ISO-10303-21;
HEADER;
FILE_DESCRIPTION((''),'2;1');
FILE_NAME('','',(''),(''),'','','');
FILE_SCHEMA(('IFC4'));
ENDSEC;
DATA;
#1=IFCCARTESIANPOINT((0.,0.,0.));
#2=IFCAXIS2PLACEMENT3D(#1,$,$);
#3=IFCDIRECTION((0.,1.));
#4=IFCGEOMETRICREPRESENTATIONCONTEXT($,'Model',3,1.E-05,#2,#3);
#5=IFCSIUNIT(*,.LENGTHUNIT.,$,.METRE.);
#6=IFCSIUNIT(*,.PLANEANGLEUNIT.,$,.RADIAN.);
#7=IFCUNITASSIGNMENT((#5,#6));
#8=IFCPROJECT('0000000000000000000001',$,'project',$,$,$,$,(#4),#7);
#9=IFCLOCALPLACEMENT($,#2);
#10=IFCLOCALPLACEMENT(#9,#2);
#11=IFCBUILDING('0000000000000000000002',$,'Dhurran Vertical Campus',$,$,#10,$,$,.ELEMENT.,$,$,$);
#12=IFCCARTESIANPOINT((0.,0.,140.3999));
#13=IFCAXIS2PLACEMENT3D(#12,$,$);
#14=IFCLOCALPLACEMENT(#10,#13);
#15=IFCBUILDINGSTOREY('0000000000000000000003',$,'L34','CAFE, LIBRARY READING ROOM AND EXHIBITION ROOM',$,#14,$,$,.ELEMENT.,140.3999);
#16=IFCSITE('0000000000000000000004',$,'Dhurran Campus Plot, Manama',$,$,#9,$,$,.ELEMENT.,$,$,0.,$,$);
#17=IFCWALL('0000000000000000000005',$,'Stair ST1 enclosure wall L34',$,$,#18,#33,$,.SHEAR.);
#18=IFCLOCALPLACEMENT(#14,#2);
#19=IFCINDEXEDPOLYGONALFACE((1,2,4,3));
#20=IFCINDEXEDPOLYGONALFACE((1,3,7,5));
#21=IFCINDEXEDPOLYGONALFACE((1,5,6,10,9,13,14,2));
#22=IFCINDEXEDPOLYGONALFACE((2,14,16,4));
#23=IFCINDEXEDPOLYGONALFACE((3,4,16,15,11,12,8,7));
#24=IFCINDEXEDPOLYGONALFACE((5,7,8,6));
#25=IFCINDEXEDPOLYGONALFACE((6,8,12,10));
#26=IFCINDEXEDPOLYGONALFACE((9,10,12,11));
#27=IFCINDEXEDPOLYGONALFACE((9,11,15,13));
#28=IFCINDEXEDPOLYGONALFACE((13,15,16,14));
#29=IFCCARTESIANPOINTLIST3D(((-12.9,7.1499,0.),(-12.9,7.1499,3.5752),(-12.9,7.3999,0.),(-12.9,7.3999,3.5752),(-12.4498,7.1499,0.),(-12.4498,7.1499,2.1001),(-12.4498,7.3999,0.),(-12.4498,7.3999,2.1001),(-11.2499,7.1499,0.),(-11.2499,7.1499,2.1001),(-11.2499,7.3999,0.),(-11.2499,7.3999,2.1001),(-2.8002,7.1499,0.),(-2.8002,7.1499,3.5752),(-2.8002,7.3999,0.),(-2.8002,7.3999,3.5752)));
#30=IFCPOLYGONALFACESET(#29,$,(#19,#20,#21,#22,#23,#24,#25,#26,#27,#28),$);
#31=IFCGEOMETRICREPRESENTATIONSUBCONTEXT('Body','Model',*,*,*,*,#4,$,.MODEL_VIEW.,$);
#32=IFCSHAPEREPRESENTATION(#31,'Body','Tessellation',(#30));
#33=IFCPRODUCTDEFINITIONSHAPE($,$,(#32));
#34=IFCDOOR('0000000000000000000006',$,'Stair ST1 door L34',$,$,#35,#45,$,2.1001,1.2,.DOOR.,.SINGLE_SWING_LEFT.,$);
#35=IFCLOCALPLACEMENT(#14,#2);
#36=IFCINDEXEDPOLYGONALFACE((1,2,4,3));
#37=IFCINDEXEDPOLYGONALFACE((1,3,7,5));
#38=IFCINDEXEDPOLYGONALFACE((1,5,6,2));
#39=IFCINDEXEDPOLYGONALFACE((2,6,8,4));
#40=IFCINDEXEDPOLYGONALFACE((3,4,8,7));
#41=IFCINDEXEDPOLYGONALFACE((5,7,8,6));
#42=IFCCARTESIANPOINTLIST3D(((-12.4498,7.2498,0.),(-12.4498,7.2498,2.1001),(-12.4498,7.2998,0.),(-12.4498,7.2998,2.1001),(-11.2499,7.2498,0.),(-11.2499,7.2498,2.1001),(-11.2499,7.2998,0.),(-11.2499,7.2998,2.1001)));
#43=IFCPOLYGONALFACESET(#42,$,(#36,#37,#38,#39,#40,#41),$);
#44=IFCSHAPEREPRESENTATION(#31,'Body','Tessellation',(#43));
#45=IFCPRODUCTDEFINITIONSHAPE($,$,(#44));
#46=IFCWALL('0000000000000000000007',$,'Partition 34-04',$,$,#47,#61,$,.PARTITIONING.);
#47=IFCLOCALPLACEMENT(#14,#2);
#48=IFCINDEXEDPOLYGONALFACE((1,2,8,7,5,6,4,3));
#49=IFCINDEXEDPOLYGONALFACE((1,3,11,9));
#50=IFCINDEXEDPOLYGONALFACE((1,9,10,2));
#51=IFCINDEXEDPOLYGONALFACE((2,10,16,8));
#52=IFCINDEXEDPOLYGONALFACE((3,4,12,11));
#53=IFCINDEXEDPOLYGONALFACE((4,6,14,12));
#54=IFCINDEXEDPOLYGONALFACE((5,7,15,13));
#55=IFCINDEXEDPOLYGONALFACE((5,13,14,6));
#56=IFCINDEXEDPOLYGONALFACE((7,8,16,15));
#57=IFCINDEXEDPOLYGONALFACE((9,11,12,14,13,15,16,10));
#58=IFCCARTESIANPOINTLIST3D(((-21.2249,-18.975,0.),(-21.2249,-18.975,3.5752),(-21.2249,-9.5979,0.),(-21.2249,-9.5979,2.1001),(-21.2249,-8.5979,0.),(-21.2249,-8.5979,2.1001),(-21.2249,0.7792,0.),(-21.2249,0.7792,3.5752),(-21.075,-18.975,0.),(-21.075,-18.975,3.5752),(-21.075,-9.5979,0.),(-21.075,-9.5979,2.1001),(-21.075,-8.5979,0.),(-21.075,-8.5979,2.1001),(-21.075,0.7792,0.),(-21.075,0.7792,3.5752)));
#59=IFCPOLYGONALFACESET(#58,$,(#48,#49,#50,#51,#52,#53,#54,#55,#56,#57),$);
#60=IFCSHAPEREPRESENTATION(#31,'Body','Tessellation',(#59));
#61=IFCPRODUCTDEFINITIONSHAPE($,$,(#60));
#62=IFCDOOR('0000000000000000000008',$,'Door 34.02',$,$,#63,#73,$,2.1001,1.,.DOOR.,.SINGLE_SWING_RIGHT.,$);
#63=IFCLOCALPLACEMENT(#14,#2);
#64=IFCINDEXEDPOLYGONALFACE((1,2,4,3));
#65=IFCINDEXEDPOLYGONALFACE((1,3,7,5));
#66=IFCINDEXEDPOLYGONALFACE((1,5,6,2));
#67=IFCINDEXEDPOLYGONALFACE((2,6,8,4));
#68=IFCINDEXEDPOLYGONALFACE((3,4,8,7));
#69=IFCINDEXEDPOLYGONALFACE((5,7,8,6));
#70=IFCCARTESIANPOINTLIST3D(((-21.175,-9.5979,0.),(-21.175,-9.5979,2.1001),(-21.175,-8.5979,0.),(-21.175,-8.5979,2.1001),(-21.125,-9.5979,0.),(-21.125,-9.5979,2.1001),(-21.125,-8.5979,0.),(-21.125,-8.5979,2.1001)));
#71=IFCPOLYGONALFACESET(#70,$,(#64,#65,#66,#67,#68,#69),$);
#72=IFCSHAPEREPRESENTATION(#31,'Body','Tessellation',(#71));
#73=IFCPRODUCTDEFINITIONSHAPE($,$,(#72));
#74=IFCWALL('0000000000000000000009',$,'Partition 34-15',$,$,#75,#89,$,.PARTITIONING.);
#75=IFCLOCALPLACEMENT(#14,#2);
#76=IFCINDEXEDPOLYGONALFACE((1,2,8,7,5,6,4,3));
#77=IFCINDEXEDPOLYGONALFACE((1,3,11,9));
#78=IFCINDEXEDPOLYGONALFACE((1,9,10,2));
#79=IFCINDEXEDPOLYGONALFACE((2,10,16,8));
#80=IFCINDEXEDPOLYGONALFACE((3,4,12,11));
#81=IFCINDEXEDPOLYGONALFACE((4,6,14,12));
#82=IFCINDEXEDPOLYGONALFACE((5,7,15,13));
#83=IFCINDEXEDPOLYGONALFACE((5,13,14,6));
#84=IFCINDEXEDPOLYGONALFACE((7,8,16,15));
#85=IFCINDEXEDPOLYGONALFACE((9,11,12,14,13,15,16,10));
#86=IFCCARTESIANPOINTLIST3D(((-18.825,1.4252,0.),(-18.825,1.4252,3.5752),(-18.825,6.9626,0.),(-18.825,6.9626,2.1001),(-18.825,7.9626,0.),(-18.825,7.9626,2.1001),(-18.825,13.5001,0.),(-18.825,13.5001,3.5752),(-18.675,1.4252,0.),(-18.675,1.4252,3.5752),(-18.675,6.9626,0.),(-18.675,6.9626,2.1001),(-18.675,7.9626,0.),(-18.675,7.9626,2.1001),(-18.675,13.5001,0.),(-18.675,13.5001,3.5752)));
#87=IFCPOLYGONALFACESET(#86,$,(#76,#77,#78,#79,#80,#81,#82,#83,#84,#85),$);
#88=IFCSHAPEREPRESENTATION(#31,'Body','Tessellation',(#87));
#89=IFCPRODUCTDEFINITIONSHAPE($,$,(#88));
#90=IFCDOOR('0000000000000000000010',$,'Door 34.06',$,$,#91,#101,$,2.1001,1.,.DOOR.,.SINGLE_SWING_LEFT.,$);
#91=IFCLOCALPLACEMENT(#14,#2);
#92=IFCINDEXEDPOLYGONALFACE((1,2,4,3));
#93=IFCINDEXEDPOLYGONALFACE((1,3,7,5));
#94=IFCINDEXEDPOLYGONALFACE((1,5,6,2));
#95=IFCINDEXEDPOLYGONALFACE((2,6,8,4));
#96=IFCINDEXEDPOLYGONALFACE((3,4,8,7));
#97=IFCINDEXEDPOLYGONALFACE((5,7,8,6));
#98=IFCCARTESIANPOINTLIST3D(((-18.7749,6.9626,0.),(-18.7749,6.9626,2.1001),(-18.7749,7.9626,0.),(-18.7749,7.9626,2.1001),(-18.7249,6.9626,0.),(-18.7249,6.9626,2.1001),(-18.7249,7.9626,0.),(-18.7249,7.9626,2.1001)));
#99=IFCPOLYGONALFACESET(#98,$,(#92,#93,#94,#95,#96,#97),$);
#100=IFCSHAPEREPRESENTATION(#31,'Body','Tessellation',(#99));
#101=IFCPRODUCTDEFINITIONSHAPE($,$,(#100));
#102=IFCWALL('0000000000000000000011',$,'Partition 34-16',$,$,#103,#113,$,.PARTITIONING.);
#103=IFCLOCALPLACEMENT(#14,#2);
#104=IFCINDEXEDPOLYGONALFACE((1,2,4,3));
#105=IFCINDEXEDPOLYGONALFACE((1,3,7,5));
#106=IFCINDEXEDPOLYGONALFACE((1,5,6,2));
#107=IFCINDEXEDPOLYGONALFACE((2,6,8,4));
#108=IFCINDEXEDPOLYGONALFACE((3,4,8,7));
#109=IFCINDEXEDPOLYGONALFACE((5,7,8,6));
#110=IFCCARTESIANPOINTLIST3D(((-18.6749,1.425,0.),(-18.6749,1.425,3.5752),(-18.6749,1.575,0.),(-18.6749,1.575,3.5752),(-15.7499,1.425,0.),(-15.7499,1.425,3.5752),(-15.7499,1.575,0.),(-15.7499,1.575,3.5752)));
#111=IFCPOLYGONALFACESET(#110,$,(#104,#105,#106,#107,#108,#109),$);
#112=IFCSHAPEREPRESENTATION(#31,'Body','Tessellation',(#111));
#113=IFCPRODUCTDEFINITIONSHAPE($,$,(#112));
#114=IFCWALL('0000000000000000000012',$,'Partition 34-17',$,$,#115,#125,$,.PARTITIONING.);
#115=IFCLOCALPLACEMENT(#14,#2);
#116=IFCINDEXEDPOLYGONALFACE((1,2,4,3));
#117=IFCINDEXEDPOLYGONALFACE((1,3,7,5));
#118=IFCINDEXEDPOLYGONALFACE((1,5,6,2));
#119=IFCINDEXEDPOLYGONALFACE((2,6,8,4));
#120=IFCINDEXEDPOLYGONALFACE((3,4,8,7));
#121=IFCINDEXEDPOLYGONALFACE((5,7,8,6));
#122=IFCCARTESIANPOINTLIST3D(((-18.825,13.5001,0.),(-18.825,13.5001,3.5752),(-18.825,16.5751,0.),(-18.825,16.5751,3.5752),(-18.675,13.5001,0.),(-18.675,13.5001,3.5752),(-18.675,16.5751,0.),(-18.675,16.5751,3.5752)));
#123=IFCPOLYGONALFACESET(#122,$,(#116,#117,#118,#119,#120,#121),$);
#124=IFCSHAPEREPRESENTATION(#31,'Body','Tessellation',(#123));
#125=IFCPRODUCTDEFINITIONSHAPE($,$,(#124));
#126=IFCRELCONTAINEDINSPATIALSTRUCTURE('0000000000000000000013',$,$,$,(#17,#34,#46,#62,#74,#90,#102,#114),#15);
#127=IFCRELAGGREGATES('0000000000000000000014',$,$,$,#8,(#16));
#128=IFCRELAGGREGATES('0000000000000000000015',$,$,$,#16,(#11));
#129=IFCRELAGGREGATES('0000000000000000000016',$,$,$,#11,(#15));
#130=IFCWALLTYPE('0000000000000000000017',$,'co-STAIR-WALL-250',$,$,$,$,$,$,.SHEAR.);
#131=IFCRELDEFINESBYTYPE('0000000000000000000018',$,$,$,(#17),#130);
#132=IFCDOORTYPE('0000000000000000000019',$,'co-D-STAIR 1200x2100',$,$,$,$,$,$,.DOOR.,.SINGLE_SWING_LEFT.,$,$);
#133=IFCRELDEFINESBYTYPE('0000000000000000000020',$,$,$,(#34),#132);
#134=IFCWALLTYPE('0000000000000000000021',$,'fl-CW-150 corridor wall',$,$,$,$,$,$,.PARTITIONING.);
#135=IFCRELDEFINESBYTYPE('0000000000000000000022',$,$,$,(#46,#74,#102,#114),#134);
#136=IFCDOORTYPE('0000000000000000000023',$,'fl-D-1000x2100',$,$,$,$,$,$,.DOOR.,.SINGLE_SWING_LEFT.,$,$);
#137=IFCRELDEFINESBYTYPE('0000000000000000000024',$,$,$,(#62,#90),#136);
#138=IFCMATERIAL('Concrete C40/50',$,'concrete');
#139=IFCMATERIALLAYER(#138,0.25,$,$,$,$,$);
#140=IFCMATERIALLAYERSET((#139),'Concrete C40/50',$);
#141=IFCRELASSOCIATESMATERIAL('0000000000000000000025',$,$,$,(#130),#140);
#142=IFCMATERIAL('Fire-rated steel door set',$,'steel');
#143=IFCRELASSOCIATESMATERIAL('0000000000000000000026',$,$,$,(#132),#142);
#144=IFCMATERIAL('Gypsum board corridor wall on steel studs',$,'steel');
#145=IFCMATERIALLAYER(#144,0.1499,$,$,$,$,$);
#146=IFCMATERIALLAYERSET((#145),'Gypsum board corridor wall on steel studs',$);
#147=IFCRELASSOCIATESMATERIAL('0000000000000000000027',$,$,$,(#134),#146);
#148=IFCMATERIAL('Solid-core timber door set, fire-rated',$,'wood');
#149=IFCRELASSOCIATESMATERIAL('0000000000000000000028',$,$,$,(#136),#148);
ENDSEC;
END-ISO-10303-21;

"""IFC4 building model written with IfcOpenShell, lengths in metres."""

from ifc_helpers import new_model, si_unit, direction, frame, frame_2d, origin, place, context, subcontext, project, spatial, rectangle, extrude, material, layer, layer_set, type_object, element, fill, save


model = new_model("IFC4")

# Units and contexts
model_context = context("Model", 3, precision=1e-05, world=origin(), true_north=direction((0.0, 1.0)))
body_context = subcontext(model_context, "Body", "Model", "MODEL_VIEW")
ifc_project = project(units=[si_unit("LENGTHUNIT", "METRE"), si_unit("PLANEANGLEUNIT", "RADIAN")], contexts=[model_context])

# Site, building, storey
site_placement = place(None, origin())
site = spatial("IfcSite", under=ifc_project, at=site_placement, Name="Dhurran Campus Plot, Manama", CompositionType="ELEMENT", RefElevation=0.0)
building_placement = place(site_placement, origin())
building = spatial("IfcBuilding", under=site, at=building_placement, Name="Dhurran Vertical Campus", CompositionType="ELEMENT")
storey_placement = place(building_placement, frame((0.0, 0.0, 140.3999)))
storey = spatial("IfcBuildingStorey", under=building, at=storey_placement, Name="L34", Description="CAFE, LIBRARY READING ROOM AND EXHIBITION ROOM", CompositionType="ELEMENT", Elevation=140.3999)

# Walls, openings, doors
ifc_material_1 = material(Name="Concrete C40/50", Category="concrete")
ifc_layer_1 = layer(ifc_material_1, 0.25)
ifc_layer_set_1 = layer_set([ifc_layer_1], Name="Concrete C40/50")
wall_type_1 = type_object("IfcWallType", Name="co-STAIR-WALL-250", PredefinedType="SHEAR", material=ifc_layer_set_1)
wall_1_placement = place(storey_placement, frame((-12.8999, 7.2749, 0.0), z_axis=(0.0, 0.0, 1.0), x_axis=(1.0, 0.0, 0.0)))
wall_1 = element("IfcWall", 1, at=wall_1_placement, inside=storey, type_object=wall_type_1, Name="Stair ST1 enclosure wall L34", PredefinedType="SHEAR", context=body_context, shape_type="SweptSolid", body=[
    extrude(rectangle(XDim=10.0999, YDim=0.25, at=frame_2d((5.0498, 0.0))), origin(), (0.0, 0.0, 1.0), 3.5752),
])
opening_1_placement = place(wall_1_placement, frame((0.45, 0.0, 0.0)))
opening_1 = element("IfcOpeningElement", 2, at=opening_1_placement, cuts=wall_1, PredefinedType="OPENING", context=body_context, shape_type="SweptSolid", body=[
    extrude(rectangle(XDim=1.2, YDim=2.1001, at=frame_2d((0.6001, 1.05))), frame((0.0, 0.135, 0.0), z_axis=(0.0, -1.0, 0.0), x_axis=(1.0, 0.0, 0.0)), (0.0, 0.0, 1.0), 0.27),
])
ifc_material_2 = material(Name="Fire-rated steel door set", Category="steel")
door_type_1 = type_object("IfcDoorType", Name="co-D-STAIR 1200x2100", OperationType="SINGLE_SWING_LEFT", PredefinedType="DOOR", material=ifc_material_2)
door_1_placement = place(opening_1_placement, origin())
door_1 = element("IfcDoor", 3, at=door_1_placement, inside=storey, type_object=door_type_1, Name="Stair ST1 door L34", OperationType="SINGLE_SWING_LEFT", OverallHeight=2.1001, OverallWidth=1.2, PredefinedType="DOOR", context=body_context, shape_type="SweptSolid", body=[
    extrude(rectangle(XDim=1.2, YDim=2.1001, at=frame_2d((0.6001, 1.05))), frame((0.0, 0.0249, 0.0), z_axis=(0.0, -1.0, 0.0), x_axis=(1.0, 0.0, 0.0)), (0.0, 0.0, 1.0), 0.05),
])
fill(opening_1, door_1)
ifc_material_3 = material(Name="Gypsum board corridor wall on steel studs", Category="steel")
ifc_layer_2 = layer(ifc_material_3, 0.1499)
ifc_layer_set_2 = layer_set([ifc_layer_2], Name="Gypsum board corridor wall on steel studs")
wall_type_2 = type_object("IfcWallType", Name="fl-CW-150 corridor wall", PredefinedType="PARTITIONING", material=ifc_layer_set_2)
wall_2_placement = place(storey_placement, frame((-21.1499, 0.7791, 0.0), z_axis=(0.0, 0.0, 1.0), x_axis=(0.0, -1.0, 0.0)))
wall_2 = element("IfcWall", 4, at=wall_2_placement, inside=storey, type_object=wall_type_2, Name="Partition 34-04", PredefinedType="PARTITIONING", context=body_context, shape_type="SweptSolid", body=[
    extrude(rectangle(XDim=19.7542, YDim=0.1499, at=frame_2d((9.877, 0.0))), origin(), (0.0, 0.0, 1.0), 3.5752),
])
opening_2_placement = place(wall_2_placement, frame((9.377, 0.0, 0.0)))
opening_2 = element("IfcOpeningElement", 5, at=opening_2_placement, cuts=wall_2, PredefinedType="OPENING", context=body_context, shape_type="SweptSolid", body=[
    extrude(rectangle(XDim=1.0, YDim=2.1001, at=frame_2d((0.5, 1.05))), frame((0.0, 0.085, 0.0), z_axis=(0.0, -1.0, 0.0), x_axis=(1.0, 0.0, 0.0)), (0.0, 0.0, 1.0), 0.1699),
])
ifc_material_4 = material(Name="Solid-core timber door set, fire-rated", Category="wood")
door_type_2 = type_object("IfcDoorType", Name="fl-D-1000x2100", OperationType="SINGLE_SWING_LEFT", PredefinedType="DOOR", material=ifc_material_4)
door_2_placement = place(opening_2_placement, origin())
door_2 = element("IfcDoor", 6, at=door_2_placement, inside=storey, type_object=door_type_2, Name="Door 34.02", OperationType="SINGLE_SWING_RIGHT", OverallHeight=2.1001, OverallWidth=1.0, PredefinedType="DOOR", context=body_context, shape_type="SweptSolid", body=[
    extrude(rectangle(XDim=1.0, YDim=2.1001, at=frame_2d((0.5, 1.05))), frame((0.0, 0.0249, 0.0), z_axis=(0.0, -1.0, 0.0), x_axis=(1.0, 0.0, 0.0)), (0.0, 0.0, 1.0), 0.05),
])
fill(opening_2, door_2)
wall_3_placement = place(storey_placement, frame((-18.75, 1.425, 0.0), z_axis=(0.0, 0.0, 1.0), x_axis=(0.0, 1.0, 0.0)))
wall_3 = element("IfcWall", 7, at=wall_3_placement, inside=storey, type_object=wall_type_2, Name="Partition 34-15", PredefinedType="PARTITIONING", context=body_context, shape_type="SweptSolid", body=[
    extrude(rectangle(XDim=12.075, YDim=0.1499, at=frame_2d((6.0376, 0.0))), origin(), (0.0, 0.0, 1.0), 3.5752),
])
opening_3_placement = place(wall_3_placement, frame((5.5376, 0.0, 0.0)))
opening_3 = element("IfcOpeningElement", 8, at=opening_3_placement, cuts=wall_3, PredefinedType="OPENING", context=body_context, shape_type="SweptSolid", body=[
    extrude(rectangle(XDim=1.0, YDim=2.1001, at=frame_2d((0.5, 1.05))), frame((0.0, 0.085, 0.0), z_axis=(0.0, -1.0, 0.0), x_axis=(1.0, 0.0, 0.0)), (0.0, 0.0, 1.0), 0.1699),
])
door_3_placement = place(opening_3_placement, origin())
door_3 = element("IfcDoor", 9, at=door_3_placement, inside=storey, type_object=door_type_2, Name="Door 34.06", OperationType="SINGLE_SWING_LEFT", OverallHeight=2.1001, OverallWidth=1.0, PredefinedType="DOOR", context=body_context, shape_type="SweptSolid", body=[
    extrude(rectangle(XDim=1.0, YDim=2.1001, at=frame_2d((0.5, 1.05))), frame((0.0, 0.0249, 0.0), z_axis=(0.0, -1.0, 0.0), x_axis=(1.0, 0.0, 0.0)), (0.0, 0.0, 1.0), 0.05),
])
fill(opening_3, door_3)

# Walls
wall_4_placement = place(storey_placement, frame((-15.75, 1.5, 0.0), z_axis=(0.0, 0.0, 1.0), x_axis=(-1.0, 0.0, 0.0)))
element("IfcWall", 10, at=wall_4_placement, inside=storey, type_object=wall_type_2, Name="Partition 34-16", PredefinedType="PARTITIONING", context=body_context, shape_type="SweptSolid", body=[
    extrude(rectangle(XDim=2.925, YDim=0.1499, at=frame_2d((1.4624, 0.0))), origin(), (0.0, 0.0, 1.0), 3.5752),
])
wall_5_placement = place(storey_placement, frame((-18.75, 13.5, 0.0), z_axis=(0.0, 0.0, 1.0), x_axis=(0.0, 1.0, 0.0)))
element("IfcWall", 11, at=wall_5_placement, inside=storey, type_object=wall_type_2, Name="Partition 34-17", PredefinedType="PARTITIONING", context=body_context, shape_type="SweptSolid", body=[
    extrude(rectangle(XDim=3.075, YDim=0.1499, at=frame_2d((1.5376, 0.0))), origin(), (0.0, 0.0, 1.0), 3.5752),
])

save(model, "model.ifc")
